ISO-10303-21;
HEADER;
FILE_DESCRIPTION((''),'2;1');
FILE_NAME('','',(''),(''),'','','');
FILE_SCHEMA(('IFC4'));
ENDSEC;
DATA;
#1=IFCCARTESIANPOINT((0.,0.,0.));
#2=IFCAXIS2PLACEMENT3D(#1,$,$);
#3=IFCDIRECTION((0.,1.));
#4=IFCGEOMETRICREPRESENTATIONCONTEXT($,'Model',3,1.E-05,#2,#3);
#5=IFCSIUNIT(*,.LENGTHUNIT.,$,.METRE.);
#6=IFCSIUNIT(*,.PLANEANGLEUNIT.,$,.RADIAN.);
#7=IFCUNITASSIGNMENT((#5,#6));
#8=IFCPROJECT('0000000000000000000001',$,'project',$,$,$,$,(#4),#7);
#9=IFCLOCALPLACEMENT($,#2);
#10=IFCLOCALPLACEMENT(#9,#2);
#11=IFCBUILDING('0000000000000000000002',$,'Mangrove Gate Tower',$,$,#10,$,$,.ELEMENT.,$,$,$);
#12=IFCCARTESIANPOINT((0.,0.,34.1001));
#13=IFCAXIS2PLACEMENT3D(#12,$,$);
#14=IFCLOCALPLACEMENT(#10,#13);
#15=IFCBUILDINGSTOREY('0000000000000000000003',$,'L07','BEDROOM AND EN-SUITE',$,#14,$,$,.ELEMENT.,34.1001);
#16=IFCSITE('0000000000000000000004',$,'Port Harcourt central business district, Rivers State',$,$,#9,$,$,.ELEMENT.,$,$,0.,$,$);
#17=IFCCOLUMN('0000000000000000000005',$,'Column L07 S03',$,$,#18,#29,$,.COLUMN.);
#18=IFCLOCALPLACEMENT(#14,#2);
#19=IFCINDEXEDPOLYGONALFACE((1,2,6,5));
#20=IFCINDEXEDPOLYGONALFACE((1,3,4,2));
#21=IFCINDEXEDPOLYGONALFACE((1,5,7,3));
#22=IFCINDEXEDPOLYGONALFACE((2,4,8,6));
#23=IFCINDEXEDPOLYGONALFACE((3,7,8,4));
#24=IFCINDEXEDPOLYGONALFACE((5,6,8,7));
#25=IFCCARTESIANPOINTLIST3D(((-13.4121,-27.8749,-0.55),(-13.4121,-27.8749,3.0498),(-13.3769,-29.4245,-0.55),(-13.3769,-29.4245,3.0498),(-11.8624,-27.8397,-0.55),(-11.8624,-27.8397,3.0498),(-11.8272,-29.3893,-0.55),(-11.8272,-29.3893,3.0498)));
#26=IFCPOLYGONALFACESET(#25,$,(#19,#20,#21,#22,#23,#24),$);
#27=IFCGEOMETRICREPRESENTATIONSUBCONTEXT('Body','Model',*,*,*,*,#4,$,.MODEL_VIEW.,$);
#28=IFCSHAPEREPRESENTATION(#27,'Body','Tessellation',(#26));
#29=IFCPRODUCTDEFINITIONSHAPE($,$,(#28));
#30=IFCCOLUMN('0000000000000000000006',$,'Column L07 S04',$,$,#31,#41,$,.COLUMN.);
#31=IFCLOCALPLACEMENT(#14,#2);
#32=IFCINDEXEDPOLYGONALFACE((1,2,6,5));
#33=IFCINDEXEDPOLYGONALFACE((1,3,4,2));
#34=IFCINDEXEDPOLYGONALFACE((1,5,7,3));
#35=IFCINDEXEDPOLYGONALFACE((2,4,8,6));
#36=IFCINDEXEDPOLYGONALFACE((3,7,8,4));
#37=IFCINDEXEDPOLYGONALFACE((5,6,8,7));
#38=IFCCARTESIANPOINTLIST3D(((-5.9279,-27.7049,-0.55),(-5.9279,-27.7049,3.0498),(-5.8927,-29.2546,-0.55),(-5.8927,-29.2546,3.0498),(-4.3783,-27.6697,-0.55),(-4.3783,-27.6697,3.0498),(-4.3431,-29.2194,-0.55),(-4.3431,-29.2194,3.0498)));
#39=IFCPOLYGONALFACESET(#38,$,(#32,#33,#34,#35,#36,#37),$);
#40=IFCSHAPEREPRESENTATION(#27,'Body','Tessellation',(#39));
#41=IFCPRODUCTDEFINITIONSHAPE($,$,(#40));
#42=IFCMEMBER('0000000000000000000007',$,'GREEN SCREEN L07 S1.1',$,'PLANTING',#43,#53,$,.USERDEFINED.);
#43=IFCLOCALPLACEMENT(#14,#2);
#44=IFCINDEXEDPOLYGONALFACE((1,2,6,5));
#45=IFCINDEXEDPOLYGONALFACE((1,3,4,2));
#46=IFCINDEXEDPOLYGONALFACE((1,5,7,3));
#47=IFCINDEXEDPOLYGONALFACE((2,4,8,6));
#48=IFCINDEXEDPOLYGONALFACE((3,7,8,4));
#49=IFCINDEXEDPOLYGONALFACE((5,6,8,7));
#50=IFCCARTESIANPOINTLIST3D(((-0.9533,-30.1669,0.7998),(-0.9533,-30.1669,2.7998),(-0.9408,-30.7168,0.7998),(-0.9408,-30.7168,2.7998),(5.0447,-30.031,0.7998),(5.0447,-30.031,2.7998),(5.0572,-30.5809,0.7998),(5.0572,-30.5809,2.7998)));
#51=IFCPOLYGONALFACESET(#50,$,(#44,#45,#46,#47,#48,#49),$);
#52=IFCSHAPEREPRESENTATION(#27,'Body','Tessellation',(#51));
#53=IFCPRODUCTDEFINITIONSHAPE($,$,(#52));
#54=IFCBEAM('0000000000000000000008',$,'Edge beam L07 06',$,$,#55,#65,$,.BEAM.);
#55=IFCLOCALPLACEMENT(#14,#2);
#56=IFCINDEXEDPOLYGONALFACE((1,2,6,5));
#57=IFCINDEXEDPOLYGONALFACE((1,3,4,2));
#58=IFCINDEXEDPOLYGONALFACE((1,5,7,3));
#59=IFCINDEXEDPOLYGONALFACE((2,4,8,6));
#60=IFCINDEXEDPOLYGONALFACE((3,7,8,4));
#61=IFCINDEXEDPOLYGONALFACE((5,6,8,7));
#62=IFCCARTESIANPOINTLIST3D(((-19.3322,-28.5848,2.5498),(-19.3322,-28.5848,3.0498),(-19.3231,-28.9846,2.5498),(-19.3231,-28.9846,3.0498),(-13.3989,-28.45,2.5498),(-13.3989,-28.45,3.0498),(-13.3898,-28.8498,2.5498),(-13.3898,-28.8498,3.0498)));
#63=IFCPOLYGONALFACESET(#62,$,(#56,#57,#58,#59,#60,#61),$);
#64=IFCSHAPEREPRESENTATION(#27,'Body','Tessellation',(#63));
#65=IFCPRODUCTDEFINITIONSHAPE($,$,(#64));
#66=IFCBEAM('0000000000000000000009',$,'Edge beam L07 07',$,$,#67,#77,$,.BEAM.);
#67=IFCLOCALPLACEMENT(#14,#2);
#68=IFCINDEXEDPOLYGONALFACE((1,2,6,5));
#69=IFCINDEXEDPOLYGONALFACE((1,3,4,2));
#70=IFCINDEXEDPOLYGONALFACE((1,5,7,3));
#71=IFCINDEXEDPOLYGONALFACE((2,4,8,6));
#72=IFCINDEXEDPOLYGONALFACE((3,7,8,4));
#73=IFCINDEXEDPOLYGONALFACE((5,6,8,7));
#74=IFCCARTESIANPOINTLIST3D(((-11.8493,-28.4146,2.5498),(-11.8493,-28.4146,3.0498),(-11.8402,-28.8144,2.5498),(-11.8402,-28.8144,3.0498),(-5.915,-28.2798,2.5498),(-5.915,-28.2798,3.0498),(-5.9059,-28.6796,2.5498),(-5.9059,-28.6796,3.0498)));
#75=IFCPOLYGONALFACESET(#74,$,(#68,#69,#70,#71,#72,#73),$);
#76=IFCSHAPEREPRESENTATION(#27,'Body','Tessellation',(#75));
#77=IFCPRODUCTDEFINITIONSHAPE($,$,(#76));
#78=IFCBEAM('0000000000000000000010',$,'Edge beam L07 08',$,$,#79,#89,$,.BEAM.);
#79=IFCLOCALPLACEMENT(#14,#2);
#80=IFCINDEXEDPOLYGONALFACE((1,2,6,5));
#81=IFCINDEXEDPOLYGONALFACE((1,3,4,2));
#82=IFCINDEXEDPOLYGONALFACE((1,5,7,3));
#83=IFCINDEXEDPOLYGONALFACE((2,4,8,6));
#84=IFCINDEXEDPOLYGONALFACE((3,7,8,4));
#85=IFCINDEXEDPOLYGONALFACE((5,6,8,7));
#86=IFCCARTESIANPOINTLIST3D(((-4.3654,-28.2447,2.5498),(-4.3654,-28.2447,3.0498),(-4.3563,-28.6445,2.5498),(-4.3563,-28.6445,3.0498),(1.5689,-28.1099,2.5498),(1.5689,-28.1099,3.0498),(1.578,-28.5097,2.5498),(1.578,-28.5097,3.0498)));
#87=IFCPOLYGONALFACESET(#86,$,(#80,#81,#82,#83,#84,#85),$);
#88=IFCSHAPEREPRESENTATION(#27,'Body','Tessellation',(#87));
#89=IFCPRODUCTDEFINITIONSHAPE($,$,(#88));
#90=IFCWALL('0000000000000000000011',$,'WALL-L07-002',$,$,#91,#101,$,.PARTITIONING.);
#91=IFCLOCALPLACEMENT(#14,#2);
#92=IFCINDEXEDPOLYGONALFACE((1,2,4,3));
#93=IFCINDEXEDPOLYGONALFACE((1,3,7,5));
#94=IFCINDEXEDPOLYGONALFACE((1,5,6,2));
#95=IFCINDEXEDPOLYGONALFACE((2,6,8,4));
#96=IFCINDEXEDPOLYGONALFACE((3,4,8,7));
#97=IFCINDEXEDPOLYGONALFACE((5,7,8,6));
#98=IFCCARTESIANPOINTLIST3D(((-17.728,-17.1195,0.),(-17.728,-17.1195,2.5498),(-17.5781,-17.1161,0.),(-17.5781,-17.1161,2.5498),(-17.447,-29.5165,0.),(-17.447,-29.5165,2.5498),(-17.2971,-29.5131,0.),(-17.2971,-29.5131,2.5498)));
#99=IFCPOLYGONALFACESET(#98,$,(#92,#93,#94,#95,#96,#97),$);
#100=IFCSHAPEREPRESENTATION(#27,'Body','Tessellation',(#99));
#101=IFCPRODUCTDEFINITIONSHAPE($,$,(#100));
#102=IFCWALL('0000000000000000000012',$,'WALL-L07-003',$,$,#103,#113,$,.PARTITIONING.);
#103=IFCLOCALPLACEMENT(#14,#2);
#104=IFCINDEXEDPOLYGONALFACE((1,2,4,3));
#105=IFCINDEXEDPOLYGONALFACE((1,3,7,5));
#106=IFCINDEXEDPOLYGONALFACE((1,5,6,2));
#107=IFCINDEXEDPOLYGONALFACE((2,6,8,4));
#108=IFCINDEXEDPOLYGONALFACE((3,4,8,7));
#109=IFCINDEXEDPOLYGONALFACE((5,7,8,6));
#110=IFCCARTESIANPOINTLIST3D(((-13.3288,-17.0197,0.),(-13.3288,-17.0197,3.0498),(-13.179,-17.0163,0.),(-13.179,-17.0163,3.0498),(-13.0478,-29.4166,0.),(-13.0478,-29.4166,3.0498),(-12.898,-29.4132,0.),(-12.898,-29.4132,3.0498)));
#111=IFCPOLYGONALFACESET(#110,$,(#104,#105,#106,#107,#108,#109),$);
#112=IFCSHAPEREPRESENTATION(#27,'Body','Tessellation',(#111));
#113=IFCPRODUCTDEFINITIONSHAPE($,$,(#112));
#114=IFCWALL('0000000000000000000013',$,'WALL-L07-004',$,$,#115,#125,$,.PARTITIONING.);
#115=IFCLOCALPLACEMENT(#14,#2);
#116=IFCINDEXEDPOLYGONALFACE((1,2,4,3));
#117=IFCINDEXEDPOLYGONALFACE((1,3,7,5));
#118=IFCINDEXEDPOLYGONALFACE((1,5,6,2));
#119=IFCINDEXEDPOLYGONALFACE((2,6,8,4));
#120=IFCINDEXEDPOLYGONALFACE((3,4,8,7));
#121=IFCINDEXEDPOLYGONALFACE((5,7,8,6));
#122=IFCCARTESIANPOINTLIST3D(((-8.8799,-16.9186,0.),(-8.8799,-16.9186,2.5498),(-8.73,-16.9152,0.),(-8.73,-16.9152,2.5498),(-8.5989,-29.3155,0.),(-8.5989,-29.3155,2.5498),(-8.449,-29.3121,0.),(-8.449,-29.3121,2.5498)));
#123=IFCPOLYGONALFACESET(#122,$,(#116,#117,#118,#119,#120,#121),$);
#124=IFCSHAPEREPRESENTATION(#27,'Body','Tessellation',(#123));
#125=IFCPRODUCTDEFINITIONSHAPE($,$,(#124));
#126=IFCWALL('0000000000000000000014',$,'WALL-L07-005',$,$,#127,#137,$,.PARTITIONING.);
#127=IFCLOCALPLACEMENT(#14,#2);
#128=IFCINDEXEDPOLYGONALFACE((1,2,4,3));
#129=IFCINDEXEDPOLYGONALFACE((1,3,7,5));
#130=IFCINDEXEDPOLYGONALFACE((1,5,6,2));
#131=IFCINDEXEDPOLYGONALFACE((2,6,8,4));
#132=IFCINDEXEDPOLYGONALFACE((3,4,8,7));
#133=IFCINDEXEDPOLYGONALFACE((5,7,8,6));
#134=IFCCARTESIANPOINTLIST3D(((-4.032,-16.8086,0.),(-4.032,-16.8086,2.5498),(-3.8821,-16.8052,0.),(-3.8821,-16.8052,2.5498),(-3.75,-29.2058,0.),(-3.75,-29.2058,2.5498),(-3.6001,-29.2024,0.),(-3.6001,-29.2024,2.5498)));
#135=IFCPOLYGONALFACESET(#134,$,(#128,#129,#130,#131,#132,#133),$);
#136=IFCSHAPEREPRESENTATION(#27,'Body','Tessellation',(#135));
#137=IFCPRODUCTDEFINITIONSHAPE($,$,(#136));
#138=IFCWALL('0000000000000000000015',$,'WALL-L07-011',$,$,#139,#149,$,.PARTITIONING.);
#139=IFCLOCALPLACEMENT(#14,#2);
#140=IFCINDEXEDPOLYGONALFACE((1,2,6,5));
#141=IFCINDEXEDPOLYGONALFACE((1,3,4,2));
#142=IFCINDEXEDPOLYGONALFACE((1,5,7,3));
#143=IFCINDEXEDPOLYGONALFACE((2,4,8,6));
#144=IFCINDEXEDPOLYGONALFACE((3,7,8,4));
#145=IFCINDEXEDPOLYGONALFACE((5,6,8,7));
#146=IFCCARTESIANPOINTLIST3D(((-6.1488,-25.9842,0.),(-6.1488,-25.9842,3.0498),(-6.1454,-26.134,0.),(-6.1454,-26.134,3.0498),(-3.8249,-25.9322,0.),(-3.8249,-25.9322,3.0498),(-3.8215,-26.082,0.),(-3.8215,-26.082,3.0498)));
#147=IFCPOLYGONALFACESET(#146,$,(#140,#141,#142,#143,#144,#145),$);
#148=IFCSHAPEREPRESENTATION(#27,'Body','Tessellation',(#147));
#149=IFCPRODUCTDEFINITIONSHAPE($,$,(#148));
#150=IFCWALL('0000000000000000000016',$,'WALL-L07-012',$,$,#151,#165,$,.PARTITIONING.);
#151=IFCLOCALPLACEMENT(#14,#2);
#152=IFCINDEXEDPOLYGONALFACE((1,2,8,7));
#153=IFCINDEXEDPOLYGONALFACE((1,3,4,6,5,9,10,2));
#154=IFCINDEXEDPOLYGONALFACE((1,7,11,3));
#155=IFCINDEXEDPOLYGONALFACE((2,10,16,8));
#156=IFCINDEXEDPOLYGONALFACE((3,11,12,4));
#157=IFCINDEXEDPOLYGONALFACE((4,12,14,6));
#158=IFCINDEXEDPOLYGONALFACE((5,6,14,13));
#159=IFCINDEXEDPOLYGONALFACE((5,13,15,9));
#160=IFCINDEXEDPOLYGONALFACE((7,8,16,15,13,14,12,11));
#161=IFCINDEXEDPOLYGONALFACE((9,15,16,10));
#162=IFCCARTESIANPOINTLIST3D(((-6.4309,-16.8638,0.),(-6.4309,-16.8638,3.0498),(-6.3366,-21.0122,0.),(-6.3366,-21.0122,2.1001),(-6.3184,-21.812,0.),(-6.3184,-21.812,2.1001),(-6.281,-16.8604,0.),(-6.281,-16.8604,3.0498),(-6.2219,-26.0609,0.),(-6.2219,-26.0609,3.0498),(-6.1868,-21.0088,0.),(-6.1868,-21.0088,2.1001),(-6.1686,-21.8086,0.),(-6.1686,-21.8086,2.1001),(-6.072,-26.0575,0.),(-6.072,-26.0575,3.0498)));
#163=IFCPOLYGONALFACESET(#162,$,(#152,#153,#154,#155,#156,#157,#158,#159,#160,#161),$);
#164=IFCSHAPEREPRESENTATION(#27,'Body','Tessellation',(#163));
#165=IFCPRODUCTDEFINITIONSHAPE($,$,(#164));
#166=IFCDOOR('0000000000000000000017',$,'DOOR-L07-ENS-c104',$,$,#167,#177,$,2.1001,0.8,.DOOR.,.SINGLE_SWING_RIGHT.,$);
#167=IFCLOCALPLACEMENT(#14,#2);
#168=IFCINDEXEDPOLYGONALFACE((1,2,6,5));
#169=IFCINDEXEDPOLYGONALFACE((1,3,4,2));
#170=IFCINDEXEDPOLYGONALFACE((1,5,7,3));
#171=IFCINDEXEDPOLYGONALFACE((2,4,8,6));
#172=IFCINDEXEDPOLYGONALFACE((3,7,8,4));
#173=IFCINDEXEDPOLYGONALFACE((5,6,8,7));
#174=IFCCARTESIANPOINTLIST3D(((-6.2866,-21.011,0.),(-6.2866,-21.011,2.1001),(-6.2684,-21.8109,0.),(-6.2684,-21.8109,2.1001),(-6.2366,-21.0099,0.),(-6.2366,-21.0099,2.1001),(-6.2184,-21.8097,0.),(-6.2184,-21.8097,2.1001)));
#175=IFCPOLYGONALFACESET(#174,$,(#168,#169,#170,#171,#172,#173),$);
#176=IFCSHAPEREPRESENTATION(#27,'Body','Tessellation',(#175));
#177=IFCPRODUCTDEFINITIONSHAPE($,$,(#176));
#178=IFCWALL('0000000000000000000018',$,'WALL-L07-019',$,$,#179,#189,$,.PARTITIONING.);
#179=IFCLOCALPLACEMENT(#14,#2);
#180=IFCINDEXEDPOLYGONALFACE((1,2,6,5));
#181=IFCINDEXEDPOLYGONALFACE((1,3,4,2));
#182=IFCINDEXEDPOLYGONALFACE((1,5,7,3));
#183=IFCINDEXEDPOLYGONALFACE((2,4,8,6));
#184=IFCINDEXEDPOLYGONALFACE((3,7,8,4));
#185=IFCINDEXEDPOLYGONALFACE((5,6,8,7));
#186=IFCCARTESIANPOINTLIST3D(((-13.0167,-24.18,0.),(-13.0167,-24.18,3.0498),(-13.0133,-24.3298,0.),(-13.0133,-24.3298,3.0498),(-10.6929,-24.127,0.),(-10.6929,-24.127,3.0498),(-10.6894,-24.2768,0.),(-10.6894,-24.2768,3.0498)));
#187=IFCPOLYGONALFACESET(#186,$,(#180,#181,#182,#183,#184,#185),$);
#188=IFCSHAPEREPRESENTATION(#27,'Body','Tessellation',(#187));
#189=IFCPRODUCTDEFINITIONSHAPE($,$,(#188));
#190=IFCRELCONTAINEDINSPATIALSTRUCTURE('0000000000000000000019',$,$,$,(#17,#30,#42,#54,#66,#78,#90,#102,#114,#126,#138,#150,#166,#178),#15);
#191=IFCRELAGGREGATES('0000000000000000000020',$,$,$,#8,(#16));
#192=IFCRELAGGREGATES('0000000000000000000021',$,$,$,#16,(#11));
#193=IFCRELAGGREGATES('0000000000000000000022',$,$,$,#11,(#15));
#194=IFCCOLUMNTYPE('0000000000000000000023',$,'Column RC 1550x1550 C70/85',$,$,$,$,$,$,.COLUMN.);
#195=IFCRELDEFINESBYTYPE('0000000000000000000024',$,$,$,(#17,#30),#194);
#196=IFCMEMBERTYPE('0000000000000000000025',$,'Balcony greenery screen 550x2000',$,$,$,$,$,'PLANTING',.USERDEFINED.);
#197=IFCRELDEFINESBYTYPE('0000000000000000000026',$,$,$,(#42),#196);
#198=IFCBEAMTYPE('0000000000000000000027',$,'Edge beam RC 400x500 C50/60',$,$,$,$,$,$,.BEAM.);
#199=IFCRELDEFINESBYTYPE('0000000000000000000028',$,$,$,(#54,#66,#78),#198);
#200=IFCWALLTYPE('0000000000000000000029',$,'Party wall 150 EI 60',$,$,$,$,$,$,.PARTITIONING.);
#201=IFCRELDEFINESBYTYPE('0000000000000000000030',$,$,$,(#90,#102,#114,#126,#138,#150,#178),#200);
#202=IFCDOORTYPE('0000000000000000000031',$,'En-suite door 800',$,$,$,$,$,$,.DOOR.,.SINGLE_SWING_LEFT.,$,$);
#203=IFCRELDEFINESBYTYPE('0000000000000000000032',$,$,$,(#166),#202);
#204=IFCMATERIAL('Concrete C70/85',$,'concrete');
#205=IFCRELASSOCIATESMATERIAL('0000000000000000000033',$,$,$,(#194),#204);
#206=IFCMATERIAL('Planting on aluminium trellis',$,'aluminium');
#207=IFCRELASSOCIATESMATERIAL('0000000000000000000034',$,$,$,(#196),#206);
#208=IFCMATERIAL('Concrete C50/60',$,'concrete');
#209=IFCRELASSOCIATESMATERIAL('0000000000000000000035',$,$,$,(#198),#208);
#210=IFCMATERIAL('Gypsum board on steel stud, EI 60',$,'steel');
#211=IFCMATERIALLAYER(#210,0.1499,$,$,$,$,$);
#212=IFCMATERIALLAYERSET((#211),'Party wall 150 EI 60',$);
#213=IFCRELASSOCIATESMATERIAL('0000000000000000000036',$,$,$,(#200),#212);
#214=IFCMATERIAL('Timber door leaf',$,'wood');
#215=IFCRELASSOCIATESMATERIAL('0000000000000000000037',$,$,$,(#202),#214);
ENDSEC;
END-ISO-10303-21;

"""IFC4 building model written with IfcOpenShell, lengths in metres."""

from ifc_helpers import new_model, si_unit, direction, frame, frame_2d, origin, origin_2d, place, context, subcontext, project, spatial, rectangle, extrude, material, layer, layer_set, material_profile, profile_set, type_object, element, fill, save


model = new_model("IFC4")

# Units and contexts
model_context = context("Model", 3, precision=1e-05, world=origin(), true_north=direction((0.0, 1.0)))
body_context = subcontext(model_context, "Body", "Model", "MODEL_VIEW")
ifc_project = project(units=[si_unit("LENGTHUNIT", "METRE"), si_unit("PLANEANGLEUNIT", "RADIAN")], contexts=[model_context])

# Site, building, storey
site_placement = place(None, origin())
site = spatial("IfcSite", under=ifc_project, at=site_placement, Name="Port Harcourt central business district, Rivers State", CompositionType="ELEMENT", RefElevation=0.0)
building_placement = place(site_placement, origin())
building = spatial("IfcBuilding", under=site, at=building_placement, Name="Mangrove Gate Tower", CompositionType="ELEMENT")
storey_placement = place(building_placement, frame((0.0, 0.0, 34.1001)))
storey = spatial("IfcBuildingStorey", under=building, at=storey_placement, Name="L07", Description="BEDROOM AND EN-SUITE", CompositionType="ELEMENT", Elevation=34.1001)

# Columns
ifc_material_1 = material(Name="Concrete C70/85", Category="concrete")
ifc_material_profile_1 = material_profile(ifc_material_1, rectangle(XDim=1.55, YDim=1.55, at=origin_2d()))
ifc_profile_set_1 = profile_set([ifc_material_profile_1], Name="Concrete C70/85")
column_type = type_object("IfcColumnType", Name="Column RC 1550x1550 C70/85", PredefinedType="COLUMN", material=ifc_profile_set_1)
for number, where, z_axis, x_axis, name in (
    (1, (-12.6196, -28.6321, -0.55), (0.0, 0.0, 1.0), (0.999742, 0.022711, 0.0), "Column L07 S03"),
    (2, (-5.1355, -28.4622, -0.55), (0.0, 0.0, 1.0), (0.999742, 0.022709, 0.0), "Column L07 S04"),
):
    element("IfcColumn", number, at=place(storey_placement, frame(where, z_axis=z_axis, x_axis=x_axis)), inside=storey, type_object=column_type, Name=name, PredefinedType="COLUMN", context=body_context, shape_type="SweptSolid", body=[
        extrude(rectangle(XDim=1.55, YDim=1.55, at=origin_2d()), origin(), (0.0, 0.0, 1.0), 3.5999),
    ])

# Member
ifc_material_2 = material(Name="Planting on aluminium trellis", Category="aluminium")
ifc_material_profile_2 = material_profile(ifc_material_2, rectangle(XDim=0.55, YDim=2.0, at=origin_2d()))
ifc_profile_set_2 = profile_set([ifc_material_profile_2], Name="Planting on aluminium trellis")
member_type = type_object("IfcMemberType", Name="Balcony greenery screen 550x2000", ElementType="PLANTING", PredefinedType="USERDEFINED", material=ifc_profile_set_2)
member_placement = place(storey_placement, frame((-0.947, -30.4419, 1.7998), z_axis=(0.999743, 0.022666, 0.0), x_axis=(-0.022666, 0.999743, 0.0)))
element("IfcMember", 3, at=member_placement, inside=storey, type_object=member_type, Name="GREEN SCREEN L07 S1.1", ObjectType="PLANTING", PredefinedType="USERDEFINED", context=body_context, shape_type="SweptSolid", body=[
    extrude(rectangle(XDim=0.55, YDim=2.0, at=origin_2d()), origin(), (0.0, 0.0, 1.0), 5.9995),
])

# Beams
ifc_material_3 = material(Name="Concrete C50/60", Category="concrete")
ifc_material_profile_3 = material_profile(ifc_material_3, rectangle(XDim=0.3999, YDim=0.5, at=origin_2d()))
ifc_profile_set_3 = profile_set([ifc_material_profile_3], Name="Concrete C50/60")
beam_type = type_object("IfcBeamType", Name="Edge beam RC 400x500 C50/60", PredefinedType="BEAM", material=ifc_profile_set_3)
beam_placement = place(storey_placement, frame((-19.3276, -28.7847, 2.7998), z_axis=(0.999742, 0.022707, 0.0), x_axis=(-0.022707, 0.999742, 0.0)))
element("IfcBeam", 4, at=beam_placement, inside=storey, type_object=beam_type, Name="Edge beam L07 06", PredefinedType="BEAM", context=body_context, shape_type="SweptSolid", body=[
    extrude(rectangle(XDim=0.3999, YDim=0.5, at=origin_2d()), origin(), (0.0, 0.0, 1.0), 5.9348),
])
for number, where, z_axis, x_axis, name in (
    (5, (-11.8447, -28.6145, 2.7998), (0.999742, 0.022704, 0.0), (-0.022704, 0.999742, 0.0), "Edge beam L07 07"),
    (6, (-4.3608, -28.4446, 2.7998), (0.999742, 0.022704, 0.0), (-0.022704, 0.999742, 0.0), "Edge beam L07 08"),
):
    element("IfcBeam", number, at=place(storey_placement, frame(where, z_axis=z_axis, x_axis=x_axis)), inside=storey, type_object=beam_type, Name=name, PredefinedType="BEAM", context=body_context, shape_type="SweptSolid", body=[
        extrude(rectangle(XDim=0.3999, YDim=0.5, at=origin_2d()), origin(), (0.0, 0.0, 1.0), 5.9358),
    ])

# Walls
ifc_material_4 = material(Name="Gypsum board on steel stud, EI 60", Category="steel")
ifc_layer_1 = layer(ifc_material_4, 0.1499)
ifc_layer_set_1 = layer_set([ifc_layer_1], Name="Party wall 150 EI 60")
wall_type_1 = type_object("IfcWallType", Name="Party wall 150 EI 60", PredefinedType="PARTITIONING", material=ifc_layer_set_1)
wall_1_placement = place(storey_placement, frame((-17.3721, -29.5149, 0.0), z_axis=(0.0, 0.0, 1.0), x_axis=(-0.022661, 0.999743, 0.0)))
element("IfcWall", 7, at=wall_1_placement, inside=storey, type_object=wall_type_1, Name="WALL-L07-002", PredefinedType="PARTITIONING", context=body_context, shape_type="SweptSolid", body=[
    extrude(rectangle(XDim=12.4001, YDim=0.1499, at=frame_2d((6.2002, 0.0))), origin(), (0.0, 0.0, 1.0), 2.5498),
])
wall_2_placement = place(storey_placement, frame((-12.9729, -29.415, 0.0), z_axis=(0.0, 0.0, 1.0), x_axis=(-0.022661, 0.999743, 0.0)))
element("IfcWall", 8, at=wall_2_placement, inside=storey, type_object=wall_type_1, Name="WALL-L07-003", PredefinedType="PARTITIONING", context=body_context, shape_type="SweptSolid", body=[
    extrude(rectangle(XDim=12.4001, YDim=0.1499, at=frame_2d((6.2002, 0.0))), origin(), (0.0, 0.0, 1.0), 3.0498),
])
wall_3_placement = place(storey_placement, frame((-8.5239, -29.314, 0.0), z_axis=(0.0, 0.0, 1.0), x_axis=(-0.022661, 0.999743, 0.0)))
element("IfcWall", 9, at=wall_3_placement, inside=storey, type_object=wall_type_1, Name="WALL-L07-004", PredefinedType="PARTITIONING", context=body_context, shape_type="SweptSolid", body=[
    extrude(rectangle(XDim=12.4001, YDim=0.1499, at=frame_2d((6.2002, 0.0))), origin(), (0.0, 0.0, 1.0), 2.5498),
])
wall_4_placement = place(storey_placement, frame((-3.675, -29.2041, 0.0), z_axis=(0.0, 0.0, 1.0), x_axis=(-0.02274, 0.999741, 0.0)))
element("IfcWall", 10, at=wall_4_placement, inside=storey, type_object=wall_type_1, Name="WALL-L07-005", PredefinedType="PARTITIONING", context=body_context, shape_type="SweptSolid", body=[
    extrude(rectangle(XDim=12.4004, YDim=0.1499, at=frame_2d((6.2002, 0.0))), origin(), (0.0, 0.0, 1.0), 2.5498),
])
wall_5_placement = place(storey_placement, frame((-6.147, -26.0591, 0.0), z_axis=(0.0, 0.0, 1.0), x_axis=(0.99975, 0.022371, 0.0)))
element("IfcWall", 11, at=wall_5_placement, inside=storey, type_object=wall_type_1, Name="WALL-L07-011", PredefinedType="PARTITIONING", context=body_context, shape_type="SweptSolid", body=[
    extrude(rectangle(XDim=2.3245, YDim=0.1499, at=frame_2d((1.1621, 0.0))), origin(), (0.0, 0.0, 1.0), 3.0498),
])

# Wall, opening, door
wall_6_placement = place(storey_placement, frame((-6.147, -26.0591, 0.0), z_axis=(0.0, 0.0, 1.0), x_axis=(-0.022717, 0.999742, 0.0)))
wall_6 = element("IfcWall", 12, at=wall_6_placement, inside=storey, type_object=wall_type_1, Name="WALL-L07-012", PredefinedType="PARTITIONING", context=body_context, shape_type="SweptSolid", body=[
    extrude(rectangle(XDim=9.1995, YDim=0.1499, at=frame_2d((4.5996, 0.0))), origin(), (0.0, 0.0, 1.0), 3.0498),
])
opening_1_placement = place(wall_6_placement, frame((4.25, 0.0, 0.0)))
opening_1 = element("IfcOpeningElement", 13, at=opening_1_placement, cuts=wall_6, PredefinedType="OPENING", context=body_context, shape_type="SweptSolid", body=[
    extrude(rectangle(XDim=0.8, YDim=2.1001, at=frame_2d((0.3999, 1.05))), frame((0.0, 0.085, 0.0), z_axis=(0.0, -1.0, 0.0), x_axis=(1.0, 0.0, 0.0)), (0.0, 0.0, 1.0), 0.1699),
])
ifc_material_5 = material(Name="Timber door leaf", Category="wood")
door_type = type_object("IfcDoorType", Name="En-suite door 800", OperationType="SINGLE_SWING_LEFT", PredefinedType="DOOR", material=ifc_material_5)
door_1_placement = place(opening_1_placement, origin())
door_1 = element("IfcDoor", 14, at=door_1_placement, inside=storey, type_object=door_type, Name="DOOR-L07-ENS-c104", OperationType="SINGLE_SWING_RIGHT", OverallHeight=2.1001, OverallWidth=0.8, PredefinedType="DOOR", context=body_context, shape_type="SweptSolid", body=[
    extrude(rectangle(XDim=0.8, YDim=2.1001, at=frame_2d((0.3999, 1.05))), frame((0.0, 0.0249, 0.0), z_axis=(0.0, -1.0, 0.0), x_axis=(1.0, 0.0, 0.0)), (0.0, 0.0, 1.0), 0.05),
])
fill(opening_1, door_1)

# Wall
wall_7_placement = place(storey_placement, frame((-13.0149, -24.2549, 0.0), z_axis=(0.0, 0.0, 1.0), x_axis=(0.99974, 0.022791, 0.0)))
element("IfcWall", 15, at=wall_7_placement, inside=storey, type_object=wall_type_1, Name="WALL-L07-019", PredefinedType="PARTITIONING", context=body_context, shape_type="SweptSolid", body=[
    extrude(rectangle(XDim=2.3245, YDim=0.1499, at=frame_2d((1.1621, 0.0))), origin(), (0.0, 0.0, 1.0), 3.0498),
])

save(model, "model.ifc")
